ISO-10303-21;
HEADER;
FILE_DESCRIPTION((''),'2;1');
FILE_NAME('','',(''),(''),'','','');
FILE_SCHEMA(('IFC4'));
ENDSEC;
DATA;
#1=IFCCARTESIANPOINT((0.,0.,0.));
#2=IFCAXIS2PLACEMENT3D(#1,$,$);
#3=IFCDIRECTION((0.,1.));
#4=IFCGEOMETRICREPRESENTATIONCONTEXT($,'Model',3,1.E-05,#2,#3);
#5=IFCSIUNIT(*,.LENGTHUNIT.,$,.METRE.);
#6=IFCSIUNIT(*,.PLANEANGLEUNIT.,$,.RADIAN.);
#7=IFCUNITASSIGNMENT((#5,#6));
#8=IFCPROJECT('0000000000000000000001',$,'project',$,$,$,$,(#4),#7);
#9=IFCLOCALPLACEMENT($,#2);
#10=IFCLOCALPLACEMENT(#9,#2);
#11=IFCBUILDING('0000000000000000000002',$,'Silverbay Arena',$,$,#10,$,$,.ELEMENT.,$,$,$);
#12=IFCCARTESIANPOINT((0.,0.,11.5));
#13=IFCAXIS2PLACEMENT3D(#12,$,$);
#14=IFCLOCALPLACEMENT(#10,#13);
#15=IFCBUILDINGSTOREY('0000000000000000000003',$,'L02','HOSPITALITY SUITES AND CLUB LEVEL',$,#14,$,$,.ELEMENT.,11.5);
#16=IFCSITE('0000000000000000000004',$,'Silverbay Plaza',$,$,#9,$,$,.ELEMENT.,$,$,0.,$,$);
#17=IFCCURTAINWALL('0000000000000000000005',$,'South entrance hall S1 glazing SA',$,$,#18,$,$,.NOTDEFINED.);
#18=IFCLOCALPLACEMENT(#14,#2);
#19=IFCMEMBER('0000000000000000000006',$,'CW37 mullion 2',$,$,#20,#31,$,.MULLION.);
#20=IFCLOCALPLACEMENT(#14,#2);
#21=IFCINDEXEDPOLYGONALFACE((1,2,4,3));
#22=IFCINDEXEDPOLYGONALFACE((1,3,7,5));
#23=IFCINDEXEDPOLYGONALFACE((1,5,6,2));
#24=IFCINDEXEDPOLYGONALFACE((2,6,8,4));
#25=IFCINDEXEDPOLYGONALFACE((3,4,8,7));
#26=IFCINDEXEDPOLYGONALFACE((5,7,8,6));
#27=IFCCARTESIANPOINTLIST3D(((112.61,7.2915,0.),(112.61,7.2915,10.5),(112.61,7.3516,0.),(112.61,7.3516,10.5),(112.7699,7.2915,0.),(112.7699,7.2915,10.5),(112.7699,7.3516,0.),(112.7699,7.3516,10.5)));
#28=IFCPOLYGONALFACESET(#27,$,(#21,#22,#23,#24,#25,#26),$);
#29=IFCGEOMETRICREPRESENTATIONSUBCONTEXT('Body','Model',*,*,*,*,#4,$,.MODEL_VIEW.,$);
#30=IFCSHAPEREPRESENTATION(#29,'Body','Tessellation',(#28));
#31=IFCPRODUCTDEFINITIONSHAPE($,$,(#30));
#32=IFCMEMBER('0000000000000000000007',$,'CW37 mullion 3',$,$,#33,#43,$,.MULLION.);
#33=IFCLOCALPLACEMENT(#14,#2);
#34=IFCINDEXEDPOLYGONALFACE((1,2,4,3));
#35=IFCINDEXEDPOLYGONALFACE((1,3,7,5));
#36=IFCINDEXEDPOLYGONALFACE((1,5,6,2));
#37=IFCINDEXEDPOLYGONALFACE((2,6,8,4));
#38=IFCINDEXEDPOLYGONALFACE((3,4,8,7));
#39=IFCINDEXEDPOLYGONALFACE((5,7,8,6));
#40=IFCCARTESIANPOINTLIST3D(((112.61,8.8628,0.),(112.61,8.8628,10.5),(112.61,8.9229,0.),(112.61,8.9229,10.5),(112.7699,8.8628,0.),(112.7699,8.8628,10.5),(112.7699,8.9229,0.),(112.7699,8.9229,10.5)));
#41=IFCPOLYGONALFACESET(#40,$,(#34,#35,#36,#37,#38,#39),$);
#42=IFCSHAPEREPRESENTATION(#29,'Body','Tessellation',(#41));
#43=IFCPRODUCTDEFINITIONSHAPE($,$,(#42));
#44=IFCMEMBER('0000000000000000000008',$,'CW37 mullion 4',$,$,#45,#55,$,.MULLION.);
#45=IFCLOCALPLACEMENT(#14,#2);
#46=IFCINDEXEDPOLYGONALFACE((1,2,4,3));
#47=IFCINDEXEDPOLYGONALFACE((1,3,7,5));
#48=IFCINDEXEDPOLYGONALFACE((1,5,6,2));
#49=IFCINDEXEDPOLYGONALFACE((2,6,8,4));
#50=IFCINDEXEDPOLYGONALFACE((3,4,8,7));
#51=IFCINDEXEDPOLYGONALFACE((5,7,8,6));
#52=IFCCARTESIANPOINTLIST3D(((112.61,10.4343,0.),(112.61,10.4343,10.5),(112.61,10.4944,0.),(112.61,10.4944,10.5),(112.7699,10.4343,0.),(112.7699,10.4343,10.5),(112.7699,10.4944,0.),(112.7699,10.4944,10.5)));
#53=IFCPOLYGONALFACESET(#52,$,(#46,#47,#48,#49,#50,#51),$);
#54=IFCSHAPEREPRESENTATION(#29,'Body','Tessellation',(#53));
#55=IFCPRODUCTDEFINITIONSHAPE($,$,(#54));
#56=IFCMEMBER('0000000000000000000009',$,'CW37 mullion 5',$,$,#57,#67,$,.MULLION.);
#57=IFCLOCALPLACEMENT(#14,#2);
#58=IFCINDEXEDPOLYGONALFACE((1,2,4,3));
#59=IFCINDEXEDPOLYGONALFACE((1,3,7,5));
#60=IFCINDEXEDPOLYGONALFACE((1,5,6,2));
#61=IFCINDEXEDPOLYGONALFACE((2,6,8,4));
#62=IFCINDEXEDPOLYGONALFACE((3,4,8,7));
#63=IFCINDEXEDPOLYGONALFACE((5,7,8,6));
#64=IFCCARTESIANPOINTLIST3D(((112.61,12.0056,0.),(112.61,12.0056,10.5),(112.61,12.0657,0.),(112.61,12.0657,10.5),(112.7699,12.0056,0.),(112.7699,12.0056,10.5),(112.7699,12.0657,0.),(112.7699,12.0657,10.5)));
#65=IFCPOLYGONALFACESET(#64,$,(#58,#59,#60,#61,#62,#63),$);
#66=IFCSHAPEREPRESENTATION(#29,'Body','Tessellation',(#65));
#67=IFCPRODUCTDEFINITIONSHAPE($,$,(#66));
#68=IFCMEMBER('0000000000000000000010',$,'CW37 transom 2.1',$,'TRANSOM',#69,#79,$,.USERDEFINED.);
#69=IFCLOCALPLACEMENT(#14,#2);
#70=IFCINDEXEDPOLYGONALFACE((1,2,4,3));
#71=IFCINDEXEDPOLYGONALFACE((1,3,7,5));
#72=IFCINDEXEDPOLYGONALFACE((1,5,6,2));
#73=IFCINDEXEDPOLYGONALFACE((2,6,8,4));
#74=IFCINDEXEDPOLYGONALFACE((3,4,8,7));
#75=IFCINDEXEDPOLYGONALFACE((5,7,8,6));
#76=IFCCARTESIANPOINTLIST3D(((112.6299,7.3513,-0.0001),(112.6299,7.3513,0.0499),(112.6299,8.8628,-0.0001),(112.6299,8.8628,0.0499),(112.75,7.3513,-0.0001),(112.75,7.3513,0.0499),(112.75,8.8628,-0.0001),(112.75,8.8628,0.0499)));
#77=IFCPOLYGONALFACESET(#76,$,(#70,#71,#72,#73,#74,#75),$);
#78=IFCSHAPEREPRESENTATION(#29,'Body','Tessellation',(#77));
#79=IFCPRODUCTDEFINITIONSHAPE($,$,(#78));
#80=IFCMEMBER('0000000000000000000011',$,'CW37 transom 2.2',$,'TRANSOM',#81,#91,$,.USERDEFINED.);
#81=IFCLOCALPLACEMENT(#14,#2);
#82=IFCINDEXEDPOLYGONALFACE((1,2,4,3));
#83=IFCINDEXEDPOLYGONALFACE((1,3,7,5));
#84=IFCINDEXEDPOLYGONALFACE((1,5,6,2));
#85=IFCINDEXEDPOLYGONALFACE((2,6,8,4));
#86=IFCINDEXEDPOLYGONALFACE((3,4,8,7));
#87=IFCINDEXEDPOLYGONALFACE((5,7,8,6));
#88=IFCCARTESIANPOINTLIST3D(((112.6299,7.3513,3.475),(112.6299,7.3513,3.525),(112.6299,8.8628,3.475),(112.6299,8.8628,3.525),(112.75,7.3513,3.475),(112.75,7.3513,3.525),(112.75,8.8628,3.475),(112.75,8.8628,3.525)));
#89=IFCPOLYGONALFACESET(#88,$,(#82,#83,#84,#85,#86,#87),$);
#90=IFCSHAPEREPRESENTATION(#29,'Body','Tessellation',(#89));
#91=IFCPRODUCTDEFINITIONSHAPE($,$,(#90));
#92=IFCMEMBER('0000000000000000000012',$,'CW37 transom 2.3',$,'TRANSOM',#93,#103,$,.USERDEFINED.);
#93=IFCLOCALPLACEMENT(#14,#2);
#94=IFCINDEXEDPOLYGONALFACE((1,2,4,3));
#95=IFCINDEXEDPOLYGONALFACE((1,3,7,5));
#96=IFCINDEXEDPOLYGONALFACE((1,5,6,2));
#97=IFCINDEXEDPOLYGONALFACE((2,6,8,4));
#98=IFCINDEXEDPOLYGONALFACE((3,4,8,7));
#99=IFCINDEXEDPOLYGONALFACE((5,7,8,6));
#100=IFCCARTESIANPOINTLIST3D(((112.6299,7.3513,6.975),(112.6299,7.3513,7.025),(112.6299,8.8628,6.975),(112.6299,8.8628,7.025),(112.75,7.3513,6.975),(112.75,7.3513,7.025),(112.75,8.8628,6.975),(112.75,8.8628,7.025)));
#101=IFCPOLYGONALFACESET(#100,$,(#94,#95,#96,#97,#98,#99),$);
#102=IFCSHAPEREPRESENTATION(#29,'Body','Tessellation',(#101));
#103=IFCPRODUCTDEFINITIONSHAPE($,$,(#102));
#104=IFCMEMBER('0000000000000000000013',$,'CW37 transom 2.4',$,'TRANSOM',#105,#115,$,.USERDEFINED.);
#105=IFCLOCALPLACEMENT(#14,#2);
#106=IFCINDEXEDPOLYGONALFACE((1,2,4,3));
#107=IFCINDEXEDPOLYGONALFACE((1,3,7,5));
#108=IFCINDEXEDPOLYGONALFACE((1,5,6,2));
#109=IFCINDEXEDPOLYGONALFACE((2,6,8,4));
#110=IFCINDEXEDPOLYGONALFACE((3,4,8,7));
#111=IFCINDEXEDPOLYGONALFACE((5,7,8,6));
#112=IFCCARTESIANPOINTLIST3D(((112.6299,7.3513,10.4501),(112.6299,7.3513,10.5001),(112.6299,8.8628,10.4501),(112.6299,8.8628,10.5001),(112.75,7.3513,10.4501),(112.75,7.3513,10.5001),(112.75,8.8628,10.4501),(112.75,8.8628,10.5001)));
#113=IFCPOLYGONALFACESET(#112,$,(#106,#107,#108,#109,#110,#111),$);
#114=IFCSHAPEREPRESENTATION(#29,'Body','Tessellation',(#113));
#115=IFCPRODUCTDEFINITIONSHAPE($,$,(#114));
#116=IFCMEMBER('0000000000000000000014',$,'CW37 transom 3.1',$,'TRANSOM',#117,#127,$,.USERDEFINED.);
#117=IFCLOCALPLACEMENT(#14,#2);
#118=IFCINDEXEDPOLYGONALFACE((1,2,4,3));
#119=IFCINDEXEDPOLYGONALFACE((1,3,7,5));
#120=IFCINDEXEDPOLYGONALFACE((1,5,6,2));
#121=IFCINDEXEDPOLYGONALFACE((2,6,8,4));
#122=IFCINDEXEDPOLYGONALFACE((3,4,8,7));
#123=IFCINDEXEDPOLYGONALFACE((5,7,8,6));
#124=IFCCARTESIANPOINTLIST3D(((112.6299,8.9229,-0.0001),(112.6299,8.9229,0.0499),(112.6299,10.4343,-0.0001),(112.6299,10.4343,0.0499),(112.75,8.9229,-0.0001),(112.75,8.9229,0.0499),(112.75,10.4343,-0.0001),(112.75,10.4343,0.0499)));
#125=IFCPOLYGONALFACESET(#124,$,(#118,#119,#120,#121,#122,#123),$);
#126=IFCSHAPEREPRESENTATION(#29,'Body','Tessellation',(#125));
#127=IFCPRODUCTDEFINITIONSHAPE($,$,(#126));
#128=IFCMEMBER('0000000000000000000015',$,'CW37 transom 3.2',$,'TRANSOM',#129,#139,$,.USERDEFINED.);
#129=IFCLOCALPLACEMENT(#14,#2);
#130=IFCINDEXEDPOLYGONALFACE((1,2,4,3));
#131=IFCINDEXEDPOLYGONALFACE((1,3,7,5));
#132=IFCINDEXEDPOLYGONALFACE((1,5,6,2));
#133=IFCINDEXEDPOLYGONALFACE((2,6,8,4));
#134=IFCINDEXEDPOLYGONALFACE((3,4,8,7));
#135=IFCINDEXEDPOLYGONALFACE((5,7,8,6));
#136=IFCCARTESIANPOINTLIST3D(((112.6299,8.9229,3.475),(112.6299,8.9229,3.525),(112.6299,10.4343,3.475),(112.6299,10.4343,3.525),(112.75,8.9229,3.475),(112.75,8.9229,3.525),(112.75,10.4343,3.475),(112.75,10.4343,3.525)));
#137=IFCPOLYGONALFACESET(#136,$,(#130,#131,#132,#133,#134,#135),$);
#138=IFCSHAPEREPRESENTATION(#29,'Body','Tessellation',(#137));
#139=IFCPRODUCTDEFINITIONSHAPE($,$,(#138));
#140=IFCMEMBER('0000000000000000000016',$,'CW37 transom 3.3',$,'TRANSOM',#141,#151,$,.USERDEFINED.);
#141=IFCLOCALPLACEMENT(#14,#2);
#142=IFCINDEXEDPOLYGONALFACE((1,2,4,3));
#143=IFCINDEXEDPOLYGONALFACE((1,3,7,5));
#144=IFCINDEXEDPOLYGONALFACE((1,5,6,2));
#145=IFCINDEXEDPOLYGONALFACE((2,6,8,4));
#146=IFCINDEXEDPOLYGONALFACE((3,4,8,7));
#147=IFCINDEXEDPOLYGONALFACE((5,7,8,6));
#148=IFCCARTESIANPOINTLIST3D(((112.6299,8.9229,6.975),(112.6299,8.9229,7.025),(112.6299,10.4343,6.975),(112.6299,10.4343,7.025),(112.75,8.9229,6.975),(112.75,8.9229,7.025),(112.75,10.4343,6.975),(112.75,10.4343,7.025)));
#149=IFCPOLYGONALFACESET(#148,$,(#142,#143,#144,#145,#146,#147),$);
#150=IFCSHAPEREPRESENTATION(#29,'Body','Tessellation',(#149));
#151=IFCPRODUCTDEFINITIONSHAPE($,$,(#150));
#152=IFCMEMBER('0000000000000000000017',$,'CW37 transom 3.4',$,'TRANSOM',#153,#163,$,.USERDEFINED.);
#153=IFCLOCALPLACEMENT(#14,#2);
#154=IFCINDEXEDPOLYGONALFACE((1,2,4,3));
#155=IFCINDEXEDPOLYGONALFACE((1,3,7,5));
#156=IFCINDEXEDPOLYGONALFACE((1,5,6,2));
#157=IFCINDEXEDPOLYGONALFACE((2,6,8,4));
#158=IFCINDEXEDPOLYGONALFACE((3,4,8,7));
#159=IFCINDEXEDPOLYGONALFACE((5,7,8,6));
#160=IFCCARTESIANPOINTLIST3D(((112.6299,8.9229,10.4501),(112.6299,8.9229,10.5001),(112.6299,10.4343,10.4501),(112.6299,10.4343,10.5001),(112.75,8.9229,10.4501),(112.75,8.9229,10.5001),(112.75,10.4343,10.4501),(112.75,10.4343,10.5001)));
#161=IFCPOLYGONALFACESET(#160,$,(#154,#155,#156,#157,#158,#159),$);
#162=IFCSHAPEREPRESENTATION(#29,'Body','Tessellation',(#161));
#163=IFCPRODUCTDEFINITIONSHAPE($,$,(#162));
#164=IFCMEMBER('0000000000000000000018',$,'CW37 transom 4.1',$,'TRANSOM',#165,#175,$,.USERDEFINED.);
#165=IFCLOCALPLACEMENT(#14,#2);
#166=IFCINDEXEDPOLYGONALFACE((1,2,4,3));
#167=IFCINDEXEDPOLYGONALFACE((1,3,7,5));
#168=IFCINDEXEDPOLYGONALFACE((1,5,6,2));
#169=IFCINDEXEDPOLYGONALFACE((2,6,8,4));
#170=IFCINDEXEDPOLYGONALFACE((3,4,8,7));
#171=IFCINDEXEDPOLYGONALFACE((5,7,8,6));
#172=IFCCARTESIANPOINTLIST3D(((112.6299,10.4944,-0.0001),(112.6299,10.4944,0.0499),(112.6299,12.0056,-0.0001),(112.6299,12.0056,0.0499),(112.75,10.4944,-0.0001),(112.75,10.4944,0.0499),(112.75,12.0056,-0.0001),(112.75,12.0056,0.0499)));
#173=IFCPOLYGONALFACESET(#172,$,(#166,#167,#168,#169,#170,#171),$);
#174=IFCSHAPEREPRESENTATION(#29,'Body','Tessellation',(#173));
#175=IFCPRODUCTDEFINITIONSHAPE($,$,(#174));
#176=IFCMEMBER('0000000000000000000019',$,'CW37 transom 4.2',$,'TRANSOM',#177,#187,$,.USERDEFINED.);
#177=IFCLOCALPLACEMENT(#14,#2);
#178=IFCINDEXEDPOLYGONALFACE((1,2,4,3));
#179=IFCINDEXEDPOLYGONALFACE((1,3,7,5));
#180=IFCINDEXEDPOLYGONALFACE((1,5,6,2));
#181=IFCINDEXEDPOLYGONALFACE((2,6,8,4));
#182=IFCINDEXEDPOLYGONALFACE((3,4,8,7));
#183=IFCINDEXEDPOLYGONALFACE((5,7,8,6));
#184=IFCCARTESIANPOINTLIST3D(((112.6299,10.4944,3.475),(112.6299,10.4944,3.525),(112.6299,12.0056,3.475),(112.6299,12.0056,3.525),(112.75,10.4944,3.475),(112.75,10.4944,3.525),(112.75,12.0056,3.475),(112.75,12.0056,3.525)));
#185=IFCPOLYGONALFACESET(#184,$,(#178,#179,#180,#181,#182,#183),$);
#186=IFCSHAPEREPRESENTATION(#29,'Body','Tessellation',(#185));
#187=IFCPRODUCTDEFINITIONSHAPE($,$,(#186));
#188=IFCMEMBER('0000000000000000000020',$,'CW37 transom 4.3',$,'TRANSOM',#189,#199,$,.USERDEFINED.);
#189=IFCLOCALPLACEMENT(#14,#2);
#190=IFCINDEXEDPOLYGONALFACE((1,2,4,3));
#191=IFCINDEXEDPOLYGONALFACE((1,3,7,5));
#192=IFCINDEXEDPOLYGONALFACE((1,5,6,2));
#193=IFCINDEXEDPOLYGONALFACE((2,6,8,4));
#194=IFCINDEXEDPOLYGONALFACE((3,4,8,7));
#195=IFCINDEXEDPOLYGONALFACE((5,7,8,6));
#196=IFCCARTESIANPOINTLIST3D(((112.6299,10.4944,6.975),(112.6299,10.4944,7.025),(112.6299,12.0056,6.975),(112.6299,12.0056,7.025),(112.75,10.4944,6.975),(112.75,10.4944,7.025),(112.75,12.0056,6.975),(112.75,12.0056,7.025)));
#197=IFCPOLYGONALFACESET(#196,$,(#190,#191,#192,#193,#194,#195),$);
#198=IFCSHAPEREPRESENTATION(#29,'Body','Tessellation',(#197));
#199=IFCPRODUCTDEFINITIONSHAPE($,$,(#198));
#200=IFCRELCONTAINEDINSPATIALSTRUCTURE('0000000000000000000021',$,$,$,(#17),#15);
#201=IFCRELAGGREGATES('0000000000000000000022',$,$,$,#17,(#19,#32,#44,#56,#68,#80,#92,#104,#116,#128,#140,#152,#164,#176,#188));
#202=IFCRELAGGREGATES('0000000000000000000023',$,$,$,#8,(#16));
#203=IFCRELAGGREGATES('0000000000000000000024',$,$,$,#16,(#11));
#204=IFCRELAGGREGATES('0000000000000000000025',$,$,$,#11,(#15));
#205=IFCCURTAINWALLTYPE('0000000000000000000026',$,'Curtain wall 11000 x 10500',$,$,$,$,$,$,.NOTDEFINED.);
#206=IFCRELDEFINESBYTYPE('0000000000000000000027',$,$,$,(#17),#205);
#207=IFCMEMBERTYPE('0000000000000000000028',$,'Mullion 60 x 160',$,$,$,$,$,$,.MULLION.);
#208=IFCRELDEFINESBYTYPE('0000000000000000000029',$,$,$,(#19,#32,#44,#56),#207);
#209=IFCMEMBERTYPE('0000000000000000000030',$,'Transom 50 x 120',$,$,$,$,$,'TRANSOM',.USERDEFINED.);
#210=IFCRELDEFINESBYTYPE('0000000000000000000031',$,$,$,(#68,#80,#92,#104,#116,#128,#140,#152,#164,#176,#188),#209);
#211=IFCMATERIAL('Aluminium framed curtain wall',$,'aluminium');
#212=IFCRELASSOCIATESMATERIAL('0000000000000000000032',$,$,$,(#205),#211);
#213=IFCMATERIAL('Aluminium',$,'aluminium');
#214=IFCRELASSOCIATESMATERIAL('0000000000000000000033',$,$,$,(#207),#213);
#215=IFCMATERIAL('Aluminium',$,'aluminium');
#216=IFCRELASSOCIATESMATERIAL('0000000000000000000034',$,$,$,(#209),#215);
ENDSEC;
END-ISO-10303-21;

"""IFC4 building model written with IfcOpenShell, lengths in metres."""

from ifc_helpers import new_model, si_unit, direction, frame, origin, origin_2d, place, context, subcontext, project, spatial, rectangle, extrude, material, material_profile, profile_set, type_object, element, aggregate, save


model = new_model("IFC4")

# Units and contexts
model_context = context("Model", 3, precision=1e-05, world=origin(), true_north=direction((0.0, 1.0)))
body_context = subcontext(model_context, "Body", "Model", "MODEL_VIEW")
ifc_project = project(units=[si_unit("LENGTHUNIT", "METRE"), si_unit("PLANEANGLEUNIT", "RADIAN")], contexts=[model_context])

# Site, building, storey
site_placement = place(None, origin())
site = spatial("IfcSite", under=ifc_project, at=site_placement, Name="Silverbay Plaza", CompositionType="ELEMENT", RefElevation=0.0)
building_placement = place(site_placement, origin())
building = spatial("IfcBuilding", under=site, at=building_placement, Name="Silverbay Arena", CompositionType="ELEMENT")
storey_placement = place(building_placement, frame((0.0, 0.0, 11.5)))
storey = spatial("IfcBuildingStorey", under=building, at=storey_placement, Name="L02", Description="HOSPITALITY SUITES AND CLUB LEVEL", CompositionType="ELEMENT", Elevation=11.5)

# Curtain wall, members
ifc_material_1 = material(Name="Aluminium framed curtain wall", Category="aluminium")
curtain_wall_type = type_object("IfcCurtainWallType", Name="Curtain wall 11000 x 10500", PredefinedType="NOTDEFINED", material=ifc_material_1)
curtain_wall_placement = place(storey_placement, origin())
curtain_wall = element("IfcCurtainWall", 1, at=curtain_wall_placement, inside=storey, type_object=curtain_wall_type, Name="South entrance hall S1 glazing SA", PredefinedType="NOTDEFINED")
ifc_material_2 = material(Name="Aluminium", Category="aluminium")
ifc_material_profile_1 = material_profile(ifc_material_2, rectangle(XDim=0.1599, YDim=0.0601, at=origin_2d()), Name="Mullion 60 x 160")
ifc_profile_set_1 = profile_set([ifc_material_profile_1], Name="Aluminium")
member_type_1 = type_object("IfcMemberType", Name="Mullion 60 x 160", PredefinedType="MULLION", material=ifc_profile_set_1)
member_1_placement = place(storey_placement, frame((112.6899, 7.3215, 0.0), z_axis=(0.0, 0.0, 1.0), x_axis=(-1.0, 0.0, 0.0)))
member_1 = element("IfcMember", 2, at=member_1_placement, type_object=member_type_1, Name="CW37 mullion 2", PredefinedType="MULLION", context=body_context, shape_type="SweptSolid", body=[
    extrude(rectangle(XDim=0.1599, YDim=0.0601, at=origin_2d()), origin(), (0.0, 0.0, 1.0), 10.5),
])
member_2_placement = place(storey_placement, frame((112.6899, 8.8928, 0.0), z_axis=(0.0, 0.0, 1.0), x_axis=(-1.0, 0.0, 0.0)))
member_2 = element("IfcMember", 3, at=member_2_placement, type_object=member_type_1, Name="CW37 mullion 3", PredefinedType="MULLION", context=body_context, shape_type="SweptSolid", body=[
    extrude(rectangle(XDim=0.1599, YDim=0.0601, at=origin_2d()), origin(), (0.0, 0.0, 1.0), 10.5),
])
member_3_placement = place(storey_placement, frame((112.6899, 10.4644, 0.0), z_axis=(0.0, 0.0, 1.0), x_axis=(-1.0, 0.0, 0.0)))
member_3 = element("IfcMember", 4, at=member_3_placement, type_object=member_type_1, Name="CW37 mullion 4", PredefinedType="MULLION", context=body_context, shape_type="SweptSolid", body=[
    extrude(rectangle(XDim=0.1599, YDim=0.0601, at=origin_2d()), origin(), (0.0, 0.0, 1.0), 10.5),
])
member_4_placement = place(storey_placement, frame((112.6899, 12.0356, 0.0), z_axis=(0.0, 0.0, 1.0), x_axis=(-1.0, 0.0, 0.0)))
member_4 = element("IfcMember", 5, at=member_4_placement, type_object=member_type_1, Name="CW37 mullion 5", PredefinedType="MULLION", context=body_context, shape_type="SweptSolid", body=[
    extrude(rectangle(XDim=0.1599, YDim=0.0601, at=origin_2d()), origin(), (0.0, 0.0, 1.0), 10.5),
])
ifc_material_3 = material(Name="Aluminium", Category="aluminium")
ifc_material_profile_2 = material_profile(ifc_material_3, rectangle(XDim=0.1201, YDim=0.05, at=origin_2d()), Name="Transom 50 x 120")
ifc_profile_set_2 = profile_set([ifc_material_profile_2], Name="Aluminium")
member_type_2 = type_object("IfcMemberType", Name="Transom 50 x 120", ElementType="TRANSOM", PredefinedType="USERDEFINED", material=ifc_profile_set_2)
member_5_placement = place(storey_placement, frame((112.6899, 7.3513, 0.0249), z_axis=(0.0, 1.0, 0.0), x_axis=(-1.0, 0.0, 0.0)))
member_5 = element("IfcMember", 6, at=member_5_placement, type_object=member_type_2, Name="CW37 transom 2.1", ObjectType="TRANSOM", PredefinedType="USERDEFINED", context=body_context, shape_type="SweptSolid", body=[
    extrude(rectangle(XDim=0.1201, YDim=0.05, at=origin_2d()), origin(), (0.0, 0.0, 1.0), 1.5115),
])
member_6_placement = place(storey_placement, frame((112.6899, 7.3513, 3.5), z_axis=(0.0, 1.0, 0.0), x_axis=(-1.0, 0.0, 0.0)))
member_6 = element("IfcMember", 7, at=member_6_placement, type_object=member_type_2, Name="CW37 transom 2.2", ObjectType="TRANSOM", PredefinedType="USERDEFINED", context=body_context, shape_type="SweptSolid", body=[
    extrude(rectangle(XDim=0.1201, YDim=0.05, at=origin_2d()), origin(), (0.0, 0.0, 1.0), 1.5115),
])
member_7_placement = place(storey_placement, frame((112.6899, 7.3513, 7.0), z_axis=(0.0, 1.0, 0.0), x_axis=(-1.0, 0.0, 0.0)))
member_7 = element("IfcMember", 8, at=member_7_placement, type_object=member_type_2, Name="CW37 transom 2.3", ObjectType="TRANSOM", PredefinedType="USERDEFINED", context=body_context, shape_type="SweptSolid", body=[
    extrude(rectangle(XDim=0.1201, YDim=0.05, at=origin_2d()), origin(), (0.0, 0.0, 1.0), 1.5115),
])
member_8_placement = place(storey_placement, frame((112.6899, 7.3513, 10.4751), z_axis=(0.0, 1.0, 0.0), x_axis=(-1.0, 0.0, 0.0)))
member_8 = element("IfcMember", 9, at=member_8_placement, type_object=member_type_2, Name="CW37 transom 2.4", ObjectType="TRANSOM", PredefinedType="USERDEFINED", context=body_context, shape_type="SweptSolid", body=[
    extrude(rectangle(XDim=0.1201, YDim=0.05, at=origin_2d()), origin(), (0.0, 0.0, 1.0), 1.5115),
])
member_9_placement = place(storey_placement, frame((112.6899, 8.9229, 0.0249), z_axis=(0.0, 1.0, 0.0), x_axis=(-1.0, 0.0, 0.0)))
member_9 = element("IfcMember", 10, at=member_9_placement, type_object=member_type_2, Name="CW37 transom 3.1", ObjectType="TRANSOM", PredefinedType="USERDEFINED", context=body_context, shape_type="SweptSolid", body=[
    extrude(rectangle(XDim=0.1201, YDim=0.05, at=origin_2d()), origin(), (0.0, 0.0, 1.0), 1.5115),
])
member_10_placement = place(storey_placement, frame((112.6899, 8.9229, 3.5), z_axis=(0.0, 1.0, 0.0), x_axis=(-1.0, 0.0, 0.0)))
member_10 = element("IfcMember", 11, at=member_10_placement, type_object=member_type_2, Name="CW37 transom 3.2", ObjectType="TRANSOM", PredefinedType="USERDEFINED", context=body_context, shape_type="SweptSolid", body=[
    extrude(rectangle(XDim=0.1201, YDim=0.05, at=origin_2d()), origin(), (0.0, 0.0, 1.0), 1.5115),
])
member_11_placement = place(storey_placement, frame((112.6899, 8.9229, 7.0), z_axis=(0.0, 1.0, 0.0), x_axis=(-1.0, 0.0, 0.0)))
member_11 = element("IfcMember", 12, at=member_11_placement, type_object=member_type_2, Name="CW37 transom 3.3", ObjectType="TRANSOM", PredefinedType="USERDEFINED", context=body_context, shape_type="SweptSolid", body=[
    extrude(rectangle(XDim=0.1201, YDim=0.05, at=origin_2d()), origin(), (0.0, 0.0, 1.0), 1.5115),
])
member_12_placement = place(storey_placement, frame((112.6899, 8.9229, 10.4751), z_axis=(0.0, 1.0, 0.0), x_axis=(-1.0, 0.0, 0.0)))
member_12 = element("IfcMember", 13, at=member_12_placement, type_object=member_type_2, Name="CW37 transom 3.4", ObjectType="TRANSOM", PredefinedType="USERDEFINED", context=body_context, shape_type="SweptSolid", body=[
    extrude(rectangle(XDim=0.1201, YDim=0.05, at=origin_2d()), origin(), (0.0, 0.0, 1.0), 1.5115),
])
member_13_placement = place(storey_placement, frame((112.6899, 10.4944, 0.0249), z_axis=(0.0, 1.0, 0.0), x_axis=(-1.0, 0.0, 0.0)))
member_13 = element("IfcMember", 14, at=member_13_placement, type_object=member_type_2, Name="CW37 transom 4.1", ObjectType="TRANSOM", PredefinedType="USERDEFINED", context=body_context, shape_type="SweptSolid", body=[
    extrude(rectangle(XDim=0.1201, YDim=0.05, at=origin_2d()), origin(), (0.0, 0.0, 1.0), 1.5112),
])
member_14_placement = place(storey_placement, frame((112.6899, 10.4944, 3.5), z_axis=(0.0, 1.0, 0.0), x_axis=(-1.0, 0.0, 0.0)))
member_14 = element("IfcMember", 15, at=member_14_placement, type_object=member_type_2, Name="CW37 transom 4.2", ObjectType="TRANSOM", PredefinedType="USERDEFINED", context=body_context, shape_type="SweptSolid", body=[
    extrude(rectangle(XDim=0.1201, YDim=0.05, at=origin_2d()), origin(), (0.0, 0.0, 1.0), 1.5112),
])
member_15_placement = place(storey_placement, frame((112.6899, 10.4944, 7.0), z_axis=(0.0, 1.0, 0.0), x_axis=(-1.0, 0.0, 0.0)))
member_15 = element("IfcMember", 16, at=member_15_placement, type_object=member_type_2, Name="CW37 transom 4.3", ObjectType="TRANSOM", PredefinedType="USERDEFINED", context=body_context, shape_type="SweptSolid", body=[
    extrude(rectangle(XDim=0.1201, YDim=0.05, at=origin_2d()), origin(), (0.0, 0.0, 1.0), 1.5112),
])
aggregate(curtain_wall, [member_1, member_2, member_3, member_4, member_5, member_6, member_7, member_8, member_9, member_10, member_11, member_12, member_13, member_14, member_15])

save(model, "model.ifc")
